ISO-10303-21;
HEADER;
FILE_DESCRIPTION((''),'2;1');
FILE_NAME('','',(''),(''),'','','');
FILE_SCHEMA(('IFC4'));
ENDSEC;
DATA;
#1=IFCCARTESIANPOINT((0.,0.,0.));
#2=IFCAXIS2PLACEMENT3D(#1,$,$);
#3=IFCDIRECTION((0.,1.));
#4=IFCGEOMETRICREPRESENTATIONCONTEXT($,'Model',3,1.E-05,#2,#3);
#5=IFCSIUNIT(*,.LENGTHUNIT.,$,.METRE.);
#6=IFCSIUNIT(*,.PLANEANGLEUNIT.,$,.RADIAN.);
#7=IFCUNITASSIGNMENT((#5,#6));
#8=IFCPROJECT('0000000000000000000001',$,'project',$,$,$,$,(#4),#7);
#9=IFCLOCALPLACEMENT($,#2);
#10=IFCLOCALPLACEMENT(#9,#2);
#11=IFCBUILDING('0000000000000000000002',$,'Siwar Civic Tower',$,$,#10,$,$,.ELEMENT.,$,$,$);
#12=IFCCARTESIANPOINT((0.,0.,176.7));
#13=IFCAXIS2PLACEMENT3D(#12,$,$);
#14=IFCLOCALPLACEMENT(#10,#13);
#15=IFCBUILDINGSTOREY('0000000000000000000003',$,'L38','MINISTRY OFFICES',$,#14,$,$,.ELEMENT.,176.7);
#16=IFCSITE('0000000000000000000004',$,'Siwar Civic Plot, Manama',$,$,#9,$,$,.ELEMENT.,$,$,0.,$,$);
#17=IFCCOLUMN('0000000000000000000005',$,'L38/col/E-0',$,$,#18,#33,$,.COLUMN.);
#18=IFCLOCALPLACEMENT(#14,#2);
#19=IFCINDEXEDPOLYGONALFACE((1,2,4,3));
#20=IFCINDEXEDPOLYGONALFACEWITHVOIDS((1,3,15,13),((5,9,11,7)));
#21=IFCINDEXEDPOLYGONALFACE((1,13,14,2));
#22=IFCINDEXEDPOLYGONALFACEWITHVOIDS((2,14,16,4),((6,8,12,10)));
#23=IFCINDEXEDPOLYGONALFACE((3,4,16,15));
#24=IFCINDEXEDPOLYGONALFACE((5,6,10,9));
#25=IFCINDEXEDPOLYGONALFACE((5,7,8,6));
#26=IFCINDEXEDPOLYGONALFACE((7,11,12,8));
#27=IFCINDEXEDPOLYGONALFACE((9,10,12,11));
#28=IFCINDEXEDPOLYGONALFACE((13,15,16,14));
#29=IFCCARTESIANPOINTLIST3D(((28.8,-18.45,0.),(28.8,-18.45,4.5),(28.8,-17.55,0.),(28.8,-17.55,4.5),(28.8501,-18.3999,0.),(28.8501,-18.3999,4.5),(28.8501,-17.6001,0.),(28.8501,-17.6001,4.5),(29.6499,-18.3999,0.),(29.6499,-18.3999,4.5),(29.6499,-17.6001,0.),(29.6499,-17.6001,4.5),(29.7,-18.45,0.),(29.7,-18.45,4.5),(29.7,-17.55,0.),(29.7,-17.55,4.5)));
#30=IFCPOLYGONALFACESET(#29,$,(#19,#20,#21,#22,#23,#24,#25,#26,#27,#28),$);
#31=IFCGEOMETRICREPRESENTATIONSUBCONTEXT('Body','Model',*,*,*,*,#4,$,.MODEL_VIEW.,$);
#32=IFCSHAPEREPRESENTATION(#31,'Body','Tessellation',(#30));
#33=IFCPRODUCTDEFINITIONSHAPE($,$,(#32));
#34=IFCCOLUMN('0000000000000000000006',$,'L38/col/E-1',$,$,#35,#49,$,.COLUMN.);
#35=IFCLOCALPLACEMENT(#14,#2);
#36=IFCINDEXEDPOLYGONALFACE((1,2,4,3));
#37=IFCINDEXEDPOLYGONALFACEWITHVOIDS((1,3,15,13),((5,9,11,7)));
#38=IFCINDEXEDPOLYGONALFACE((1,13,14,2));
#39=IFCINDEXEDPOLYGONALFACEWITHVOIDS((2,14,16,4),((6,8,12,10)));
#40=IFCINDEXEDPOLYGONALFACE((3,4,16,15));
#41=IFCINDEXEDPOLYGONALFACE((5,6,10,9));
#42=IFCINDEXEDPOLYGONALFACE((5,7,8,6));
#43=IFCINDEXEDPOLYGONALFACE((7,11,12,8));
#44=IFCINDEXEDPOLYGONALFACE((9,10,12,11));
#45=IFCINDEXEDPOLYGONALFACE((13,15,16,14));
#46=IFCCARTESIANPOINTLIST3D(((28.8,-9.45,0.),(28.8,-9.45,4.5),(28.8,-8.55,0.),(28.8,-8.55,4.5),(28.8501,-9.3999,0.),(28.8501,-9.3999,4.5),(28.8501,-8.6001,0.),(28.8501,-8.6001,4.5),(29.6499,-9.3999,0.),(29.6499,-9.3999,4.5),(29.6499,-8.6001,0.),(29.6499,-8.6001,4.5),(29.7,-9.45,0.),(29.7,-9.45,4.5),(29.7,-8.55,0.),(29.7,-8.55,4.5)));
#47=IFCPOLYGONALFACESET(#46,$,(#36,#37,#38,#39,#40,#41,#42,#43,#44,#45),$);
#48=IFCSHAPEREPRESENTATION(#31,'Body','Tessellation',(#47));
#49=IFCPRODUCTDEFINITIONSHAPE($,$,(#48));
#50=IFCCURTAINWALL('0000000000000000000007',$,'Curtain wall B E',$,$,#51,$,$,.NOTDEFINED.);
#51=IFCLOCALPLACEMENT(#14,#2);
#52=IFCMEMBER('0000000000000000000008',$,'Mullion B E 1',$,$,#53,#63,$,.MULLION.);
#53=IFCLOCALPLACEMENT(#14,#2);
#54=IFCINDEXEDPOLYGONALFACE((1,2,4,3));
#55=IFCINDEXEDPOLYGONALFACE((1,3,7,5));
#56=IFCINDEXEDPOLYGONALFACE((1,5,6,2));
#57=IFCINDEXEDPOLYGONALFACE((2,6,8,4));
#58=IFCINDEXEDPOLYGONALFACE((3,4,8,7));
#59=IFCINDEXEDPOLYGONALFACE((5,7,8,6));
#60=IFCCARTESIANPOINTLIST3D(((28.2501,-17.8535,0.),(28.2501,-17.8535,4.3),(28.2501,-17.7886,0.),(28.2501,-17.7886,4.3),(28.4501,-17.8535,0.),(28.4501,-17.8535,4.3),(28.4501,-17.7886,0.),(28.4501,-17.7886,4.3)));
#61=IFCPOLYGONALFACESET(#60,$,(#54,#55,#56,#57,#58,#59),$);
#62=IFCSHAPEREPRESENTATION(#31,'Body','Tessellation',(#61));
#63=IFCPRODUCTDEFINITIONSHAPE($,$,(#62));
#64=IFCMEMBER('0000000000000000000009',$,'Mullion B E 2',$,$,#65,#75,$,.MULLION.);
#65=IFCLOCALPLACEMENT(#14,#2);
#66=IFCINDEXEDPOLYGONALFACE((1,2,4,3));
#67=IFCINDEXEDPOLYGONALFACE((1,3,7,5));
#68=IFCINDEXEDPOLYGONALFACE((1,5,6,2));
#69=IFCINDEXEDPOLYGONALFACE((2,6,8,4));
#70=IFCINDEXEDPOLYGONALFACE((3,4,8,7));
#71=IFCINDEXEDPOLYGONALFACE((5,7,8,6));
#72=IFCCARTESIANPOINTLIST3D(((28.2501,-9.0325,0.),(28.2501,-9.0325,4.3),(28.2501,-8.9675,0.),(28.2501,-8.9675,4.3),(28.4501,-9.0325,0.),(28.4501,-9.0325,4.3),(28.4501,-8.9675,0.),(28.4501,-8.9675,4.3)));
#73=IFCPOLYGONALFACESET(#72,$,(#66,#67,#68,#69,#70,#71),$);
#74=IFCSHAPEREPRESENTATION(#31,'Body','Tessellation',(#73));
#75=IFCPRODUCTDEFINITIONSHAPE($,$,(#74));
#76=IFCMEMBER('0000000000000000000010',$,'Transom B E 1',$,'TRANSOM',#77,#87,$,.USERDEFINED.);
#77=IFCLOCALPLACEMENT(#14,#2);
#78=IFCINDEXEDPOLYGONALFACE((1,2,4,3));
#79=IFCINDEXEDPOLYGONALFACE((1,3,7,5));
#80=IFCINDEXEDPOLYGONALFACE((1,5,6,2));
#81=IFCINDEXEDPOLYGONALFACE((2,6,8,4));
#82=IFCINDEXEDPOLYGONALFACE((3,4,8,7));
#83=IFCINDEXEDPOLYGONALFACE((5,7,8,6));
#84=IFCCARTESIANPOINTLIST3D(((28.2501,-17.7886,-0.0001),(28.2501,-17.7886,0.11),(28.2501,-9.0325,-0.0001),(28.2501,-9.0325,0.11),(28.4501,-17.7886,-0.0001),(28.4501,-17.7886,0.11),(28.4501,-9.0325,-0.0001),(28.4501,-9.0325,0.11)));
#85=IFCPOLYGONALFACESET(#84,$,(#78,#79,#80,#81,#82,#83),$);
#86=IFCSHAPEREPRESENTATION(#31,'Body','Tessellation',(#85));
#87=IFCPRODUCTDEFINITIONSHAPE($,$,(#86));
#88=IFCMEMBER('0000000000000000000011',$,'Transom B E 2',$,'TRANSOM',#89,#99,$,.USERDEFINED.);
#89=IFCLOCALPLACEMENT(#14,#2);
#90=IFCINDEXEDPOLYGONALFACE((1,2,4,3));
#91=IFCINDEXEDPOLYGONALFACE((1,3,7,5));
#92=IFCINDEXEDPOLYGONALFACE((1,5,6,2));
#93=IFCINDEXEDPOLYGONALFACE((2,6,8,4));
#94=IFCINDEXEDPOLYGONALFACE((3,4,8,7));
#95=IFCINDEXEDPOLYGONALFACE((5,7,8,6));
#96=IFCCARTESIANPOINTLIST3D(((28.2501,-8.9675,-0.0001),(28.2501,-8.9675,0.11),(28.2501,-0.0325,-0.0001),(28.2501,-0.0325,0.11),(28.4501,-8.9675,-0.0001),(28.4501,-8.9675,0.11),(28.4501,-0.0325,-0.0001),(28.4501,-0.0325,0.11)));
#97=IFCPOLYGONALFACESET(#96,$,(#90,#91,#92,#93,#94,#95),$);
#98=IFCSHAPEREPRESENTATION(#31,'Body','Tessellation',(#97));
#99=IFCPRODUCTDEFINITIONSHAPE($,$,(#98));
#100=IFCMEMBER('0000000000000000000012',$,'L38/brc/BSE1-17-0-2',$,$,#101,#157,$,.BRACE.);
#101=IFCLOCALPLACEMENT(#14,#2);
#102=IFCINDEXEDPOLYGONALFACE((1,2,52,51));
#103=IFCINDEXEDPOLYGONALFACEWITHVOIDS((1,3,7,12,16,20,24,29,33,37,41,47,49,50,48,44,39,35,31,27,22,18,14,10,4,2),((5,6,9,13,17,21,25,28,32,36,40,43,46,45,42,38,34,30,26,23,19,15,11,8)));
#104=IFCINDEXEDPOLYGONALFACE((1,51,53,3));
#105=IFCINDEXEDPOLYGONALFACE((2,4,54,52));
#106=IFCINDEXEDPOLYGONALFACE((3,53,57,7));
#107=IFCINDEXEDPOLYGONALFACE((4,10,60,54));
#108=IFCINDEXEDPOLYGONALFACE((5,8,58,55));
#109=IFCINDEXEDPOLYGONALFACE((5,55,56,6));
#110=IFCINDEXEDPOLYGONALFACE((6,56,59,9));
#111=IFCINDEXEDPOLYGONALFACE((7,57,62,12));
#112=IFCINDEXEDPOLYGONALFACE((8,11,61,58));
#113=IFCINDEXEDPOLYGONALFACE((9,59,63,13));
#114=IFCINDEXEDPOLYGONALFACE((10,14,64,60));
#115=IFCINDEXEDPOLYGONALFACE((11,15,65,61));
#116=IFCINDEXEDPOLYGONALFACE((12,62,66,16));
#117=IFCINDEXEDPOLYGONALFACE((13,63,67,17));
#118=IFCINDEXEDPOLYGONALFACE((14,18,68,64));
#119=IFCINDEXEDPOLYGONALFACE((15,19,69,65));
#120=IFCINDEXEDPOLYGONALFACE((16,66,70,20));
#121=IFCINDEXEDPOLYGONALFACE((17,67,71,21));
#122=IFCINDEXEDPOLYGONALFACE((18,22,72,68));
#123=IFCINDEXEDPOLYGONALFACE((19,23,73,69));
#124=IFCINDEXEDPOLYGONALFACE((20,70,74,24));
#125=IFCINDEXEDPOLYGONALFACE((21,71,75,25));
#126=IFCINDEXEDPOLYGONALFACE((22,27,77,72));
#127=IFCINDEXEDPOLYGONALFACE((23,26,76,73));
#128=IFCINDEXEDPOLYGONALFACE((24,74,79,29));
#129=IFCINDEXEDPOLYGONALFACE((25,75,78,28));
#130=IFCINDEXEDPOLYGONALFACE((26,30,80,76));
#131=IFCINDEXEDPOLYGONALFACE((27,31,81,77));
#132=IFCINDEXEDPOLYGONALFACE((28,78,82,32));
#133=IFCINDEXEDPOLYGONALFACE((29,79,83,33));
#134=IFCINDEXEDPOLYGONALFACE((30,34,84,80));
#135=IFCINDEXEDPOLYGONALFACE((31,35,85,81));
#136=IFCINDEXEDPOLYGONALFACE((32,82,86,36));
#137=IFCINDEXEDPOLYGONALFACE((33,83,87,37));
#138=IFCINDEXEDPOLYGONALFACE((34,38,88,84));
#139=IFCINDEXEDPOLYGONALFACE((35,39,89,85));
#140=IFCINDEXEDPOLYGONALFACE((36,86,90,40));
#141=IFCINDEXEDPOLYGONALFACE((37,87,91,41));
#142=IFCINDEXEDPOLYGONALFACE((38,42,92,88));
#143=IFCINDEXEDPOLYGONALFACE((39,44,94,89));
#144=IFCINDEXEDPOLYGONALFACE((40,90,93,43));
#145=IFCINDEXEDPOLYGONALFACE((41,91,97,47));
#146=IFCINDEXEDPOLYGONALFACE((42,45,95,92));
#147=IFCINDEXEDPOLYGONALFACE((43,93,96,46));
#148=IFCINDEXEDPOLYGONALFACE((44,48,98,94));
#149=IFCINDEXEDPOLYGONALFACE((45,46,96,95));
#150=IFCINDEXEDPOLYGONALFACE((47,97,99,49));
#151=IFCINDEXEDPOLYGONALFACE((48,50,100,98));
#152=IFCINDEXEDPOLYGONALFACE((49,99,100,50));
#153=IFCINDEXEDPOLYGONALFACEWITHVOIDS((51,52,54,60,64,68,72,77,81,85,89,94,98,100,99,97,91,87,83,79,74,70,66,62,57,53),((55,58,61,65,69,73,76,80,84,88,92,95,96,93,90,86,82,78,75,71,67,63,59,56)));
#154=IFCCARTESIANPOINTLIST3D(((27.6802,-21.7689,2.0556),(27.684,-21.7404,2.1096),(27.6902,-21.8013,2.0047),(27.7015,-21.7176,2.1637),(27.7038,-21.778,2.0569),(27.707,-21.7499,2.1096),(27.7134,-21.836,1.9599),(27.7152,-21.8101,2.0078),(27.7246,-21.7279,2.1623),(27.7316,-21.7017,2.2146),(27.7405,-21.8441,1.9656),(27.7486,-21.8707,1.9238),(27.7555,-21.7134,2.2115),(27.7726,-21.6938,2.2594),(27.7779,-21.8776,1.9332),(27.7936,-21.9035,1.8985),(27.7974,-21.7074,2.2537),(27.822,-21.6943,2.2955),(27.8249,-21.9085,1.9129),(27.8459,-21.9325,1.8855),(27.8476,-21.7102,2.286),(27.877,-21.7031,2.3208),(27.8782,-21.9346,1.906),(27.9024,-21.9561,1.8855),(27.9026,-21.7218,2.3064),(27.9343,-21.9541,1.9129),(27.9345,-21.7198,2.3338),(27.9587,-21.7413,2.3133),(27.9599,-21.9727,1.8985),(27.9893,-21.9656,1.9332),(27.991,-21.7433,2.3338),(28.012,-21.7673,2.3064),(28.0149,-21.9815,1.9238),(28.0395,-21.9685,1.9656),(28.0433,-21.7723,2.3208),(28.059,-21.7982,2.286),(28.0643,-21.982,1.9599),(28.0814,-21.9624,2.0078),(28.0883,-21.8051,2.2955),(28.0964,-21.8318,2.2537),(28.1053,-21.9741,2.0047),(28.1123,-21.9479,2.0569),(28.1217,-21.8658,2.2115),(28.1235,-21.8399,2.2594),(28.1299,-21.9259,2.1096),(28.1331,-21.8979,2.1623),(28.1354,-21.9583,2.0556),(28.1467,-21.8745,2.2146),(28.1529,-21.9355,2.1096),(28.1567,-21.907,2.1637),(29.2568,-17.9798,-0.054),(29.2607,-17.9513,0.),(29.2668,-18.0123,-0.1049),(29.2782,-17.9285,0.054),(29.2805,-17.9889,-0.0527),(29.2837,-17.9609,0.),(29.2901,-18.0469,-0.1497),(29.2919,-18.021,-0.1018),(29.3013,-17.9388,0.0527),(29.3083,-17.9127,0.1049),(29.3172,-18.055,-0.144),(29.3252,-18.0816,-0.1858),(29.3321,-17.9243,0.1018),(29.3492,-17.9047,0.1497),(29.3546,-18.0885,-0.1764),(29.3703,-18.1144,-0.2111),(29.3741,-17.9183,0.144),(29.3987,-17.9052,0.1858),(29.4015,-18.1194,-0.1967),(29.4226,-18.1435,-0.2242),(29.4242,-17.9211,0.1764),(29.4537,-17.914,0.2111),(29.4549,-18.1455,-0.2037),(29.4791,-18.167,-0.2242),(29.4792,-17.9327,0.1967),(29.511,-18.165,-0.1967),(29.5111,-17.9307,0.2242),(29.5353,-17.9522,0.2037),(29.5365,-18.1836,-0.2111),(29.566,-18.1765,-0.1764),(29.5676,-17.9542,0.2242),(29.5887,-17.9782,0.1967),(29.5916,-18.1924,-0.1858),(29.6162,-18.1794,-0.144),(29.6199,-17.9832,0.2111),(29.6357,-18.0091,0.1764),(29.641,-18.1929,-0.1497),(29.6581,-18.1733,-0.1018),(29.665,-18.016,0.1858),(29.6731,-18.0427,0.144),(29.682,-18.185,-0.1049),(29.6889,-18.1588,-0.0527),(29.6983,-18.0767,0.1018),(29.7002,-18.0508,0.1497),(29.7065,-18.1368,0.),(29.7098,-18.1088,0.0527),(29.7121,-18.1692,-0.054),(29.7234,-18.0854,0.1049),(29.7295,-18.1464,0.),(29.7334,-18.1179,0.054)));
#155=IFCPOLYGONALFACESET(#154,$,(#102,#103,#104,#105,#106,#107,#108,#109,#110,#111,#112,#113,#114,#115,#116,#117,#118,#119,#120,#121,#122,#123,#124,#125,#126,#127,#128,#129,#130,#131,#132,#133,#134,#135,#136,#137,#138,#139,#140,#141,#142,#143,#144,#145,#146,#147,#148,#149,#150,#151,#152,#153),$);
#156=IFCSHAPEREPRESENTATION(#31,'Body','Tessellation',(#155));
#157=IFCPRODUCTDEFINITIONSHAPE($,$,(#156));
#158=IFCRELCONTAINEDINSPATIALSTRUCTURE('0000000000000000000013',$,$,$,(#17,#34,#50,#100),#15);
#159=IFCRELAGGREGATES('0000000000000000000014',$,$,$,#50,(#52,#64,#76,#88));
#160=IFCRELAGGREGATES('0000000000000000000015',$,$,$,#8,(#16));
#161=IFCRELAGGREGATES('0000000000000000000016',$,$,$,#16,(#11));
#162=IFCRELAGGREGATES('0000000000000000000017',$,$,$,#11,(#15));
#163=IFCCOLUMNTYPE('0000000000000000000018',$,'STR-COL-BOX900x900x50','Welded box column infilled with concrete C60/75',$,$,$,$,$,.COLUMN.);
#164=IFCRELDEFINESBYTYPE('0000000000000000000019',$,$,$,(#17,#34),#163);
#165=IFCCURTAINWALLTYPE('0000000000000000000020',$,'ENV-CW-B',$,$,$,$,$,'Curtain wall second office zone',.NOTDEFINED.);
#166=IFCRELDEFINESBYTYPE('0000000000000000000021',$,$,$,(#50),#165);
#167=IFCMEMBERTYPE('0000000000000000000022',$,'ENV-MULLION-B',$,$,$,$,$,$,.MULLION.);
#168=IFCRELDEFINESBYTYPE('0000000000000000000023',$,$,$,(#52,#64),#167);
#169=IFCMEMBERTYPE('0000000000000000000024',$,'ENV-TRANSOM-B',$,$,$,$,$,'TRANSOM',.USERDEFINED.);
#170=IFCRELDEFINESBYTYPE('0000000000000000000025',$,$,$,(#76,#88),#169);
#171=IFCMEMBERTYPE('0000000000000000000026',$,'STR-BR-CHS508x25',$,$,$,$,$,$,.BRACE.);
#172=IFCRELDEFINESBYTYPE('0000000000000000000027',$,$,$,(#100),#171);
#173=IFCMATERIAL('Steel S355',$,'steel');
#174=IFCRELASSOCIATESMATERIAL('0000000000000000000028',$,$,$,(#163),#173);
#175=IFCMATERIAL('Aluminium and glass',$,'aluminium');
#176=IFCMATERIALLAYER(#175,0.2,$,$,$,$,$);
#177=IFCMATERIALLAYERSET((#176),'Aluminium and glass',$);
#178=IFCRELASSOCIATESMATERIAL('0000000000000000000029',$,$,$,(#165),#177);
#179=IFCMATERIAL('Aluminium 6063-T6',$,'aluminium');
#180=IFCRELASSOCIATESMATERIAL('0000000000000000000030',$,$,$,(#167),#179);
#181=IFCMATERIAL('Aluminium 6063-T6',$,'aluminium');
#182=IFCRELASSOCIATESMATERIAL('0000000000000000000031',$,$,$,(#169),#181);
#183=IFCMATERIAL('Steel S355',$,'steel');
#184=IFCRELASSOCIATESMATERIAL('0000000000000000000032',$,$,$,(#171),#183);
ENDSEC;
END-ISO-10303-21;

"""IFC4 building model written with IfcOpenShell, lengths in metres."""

from ifc_helpers import new_model, si_unit, direction, frame, origin, origin_2d, place, context, subcontext, project, spatial, rectangle, hollow_rectangle, hollow_circle, extrude, material, layer, layer_set, material_profile, profile_set, type_object, element, aggregate, save


model = new_model("IFC4")

# Units and contexts
model_context = context("Model", 3, precision=1e-05, world=origin(), true_north=direction((0.0, 1.0)))
body_context = subcontext(model_context, "Body", "Model", "MODEL_VIEW")
ifc_project = project(units=[si_unit("LENGTHUNIT", "METRE"), si_unit("PLANEANGLEUNIT", "RADIAN")], contexts=[model_context])

# Site, building, storey
site_placement = place(None, origin())
site = spatial("IfcSite", under=ifc_project, at=site_placement, Name="Siwar Civic Plot, Manama", CompositionType="ELEMENT", RefElevation=0.0)
building_placement = place(site_placement, origin())
building = spatial("IfcBuilding", under=site, at=building_placement, Name="Siwar Civic Tower", CompositionType="ELEMENT")
storey_placement = place(building_placement, frame((0.0, 0.0, 176.7)))
storey = spatial("IfcBuildingStorey", under=building, at=storey_placement, Name="L38", Description="MINISTRY OFFICES", CompositionType="ELEMENT", Elevation=176.7)

# Columns
ifc_material_1 = material(Name="Steel S355", Category="steel")
ifc_material_profile_1 = material_profile(ifc_material_1, hollow_rectangle(XDim=0.8999, YDim=0.8999, WallThickness=0.05, at=origin_2d()), Name="BOX900x900x50")
ifc_profile_set_1 = profile_set([ifc_material_profile_1], Name="Steel S355")
column_type = type_object("IfcColumnType", Name="STR-COL-BOX900x900x50", Description="Welded box column infilled with concrete C60/75", PredefinedType="COLUMN", material=ifc_profile_set_1)
for number, where, z_axis, x_axis, name in (
    (1, (29.25, -18.0, 0.0), (0.0, 0.0, 1.0), (1.0, 0.0, 0.0), "L38/col/E-0"),
    (2, (29.25, -9.0, 0.0), (0.0, 0.0, 1.0), (1.0, 0.0, 0.0), "L38/col/E-1"),
):
    element("IfcColumn", number, at=place(storey_placement, frame(where, z_axis=z_axis, x_axis=x_axis)), inside=storey, type_object=column_type, Name=name, PredefinedType="COLUMN", context=body_context, shape_type="SweptSolid", body=[
        extrude(hollow_rectangle(XDim=0.8999, YDim=0.8999, WallThickness=0.05, at=origin_2d()), origin(), (0.0, 0.0, 1.0), 4.5),
    ])

# Curtain wall, members
ifc_material_2 = material(Name="Aluminium and glass", Category="aluminium")
ifc_layer_1 = layer(ifc_material_2, 0.2)
ifc_layer_set_1 = layer_set([ifc_layer_1], Name="Aluminium and glass")
curtain_wall_type = type_object("IfcCurtainWallType", Name="ENV-CW-B", ElementType="Curtain wall second office zone", PredefinedType="NOTDEFINED", material=ifc_layer_set_1)
curtain_wall_placement = place(storey_placement, origin())
curtain_wall = element("IfcCurtainWall", 3, at=curtain_wall_placement, inside=storey, type_object=curtain_wall_type, Name="Curtain wall B E", PredefinedType="NOTDEFINED")
ifc_material_3 = material(Name="Aluminium 6063-T6", Category="aluminium")
ifc_material_profile_2 = material_profile(ifc_material_3, rectangle(XDim=0.2, YDim=0.0649, at=origin_2d()), Name="AL 200x65")
ifc_profile_set_2 = profile_set([ifc_material_profile_2], Name="Aluminium 6063-T6")
member_type_1 = type_object("IfcMemberType", Name="ENV-MULLION-B", PredefinedType="MULLION", material=ifc_profile_set_2)
member_1_placement = place(storey_placement, frame((28.3501, -17.821, 0.0), z_axis=(0.0, 0.0, 1.0), x_axis=(-1.0, 0.0, 0.0)))
member_1 = element("IfcMember", 4, at=member_1_placement, type_object=member_type_1, Name="Mullion B E 1", PredefinedType="MULLION", context=body_context, shape_type="SweptSolid", body=[
    extrude(rectangle(XDim=0.2, YDim=0.0649, at=origin_2d()), origin(), (0.0, 0.0, 1.0), 4.3),
])
member_2_placement = place(storey_placement, frame((28.3501, -9.0, 0.0), z_axis=(0.0, 0.0, 1.0), x_axis=(-1.0, 0.0, 0.0)))
member_2 = element("IfcMember", 5, at=member_2_placement, type_object=member_type_1, Name="Mullion B E 2", PredefinedType="MULLION", context=body_context, shape_type="SweptSolid", body=[
    extrude(rectangle(XDim=0.2, YDim=0.0649, at=origin_2d()), origin(), (0.0, 0.0, 1.0), 4.3),
])
ifc_material_4 = material(Name="Aluminium 6063-T6", Category="aluminium")
ifc_material_profile_3 = material_profile(ifc_material_4, rectangle(XDim=0.2, YDim=0.1101, at=origin_2d()), Name="AL 200x110")
ifc_profile_set_3 = profile_set([ifc_material_profile_3], Name="Aluminium 6063-T6")
member_type_2 = type_object("IfcMemberType", Name="ENV-TRANSOM-B", ElementType="TRANSOM", PredefinedType="USERDEFINED", material=ifc_profile_set_3)
member_3_placement = place(storey_placement, frame((28.3501, -17.7886, 0.0549), z_axis=(0.0, 1.0, 0.0), x_axis=(-1.0, 0.0, 0.0)))
member_3 = element("IfcMember", 6, at=member_3_placement, type_object=member_type_2, Name="Transom B E 1", ObjectType="TRANSOM", PredefinedType="USERDEFINED", context=body_context, shape_type="SweptSolid", body=[
    extrude(rectangle(XDim=0.2, YDim=0.1101, at=origin_2d()), origin(), (0.0, 0.0, 1.0), 8.7561),
])
member_4_placement = place(storey_placement, frame((28.3501, -8.9675, 0.0549), z_axis=(0.0, 1.0, 0.0), x_axis=(-1.0, 0.0, 0.0)))
member_4 = element("IfcMember", 7, at=member_4_placement, type_object=member_type_2, Name="Transom B E 2", ObjectType="TRANSOM", PredefinedType="USERDEFINED", context=body_context, shape_type="SweptSolid", body=[
    extrude(rectangle(XDim=0.2, YDim=0.1101, at=origin_2d()), origin(), (0.0, 0.0, 1.0), 8.9351),
])

# Member
ifc_material_5 = material(Name="Steel S355", Category="steel")
ifc_material_profile_4 = material_profile(ifc_material_5, hollow_circle(Radius=0.2539, WallThickness=0.0249, at=origin_2d()), Name="CHS508x25")
ifc_profile_set_4 = profile_set([ifc_material_profile_4], Name="Steel S355")
member_type_3 = type_object("IfcMemberType", Name="STR-BR-CHS508x25", PredefinedType="BRACE", material=ifc_profile_set_4)
member_5_placement = place(storey_placement, frame((29.4951, -18.0488, 0.0), z_axis=(-0.341677, -0.821126, 0.457175), x_axis=(0.92326, -0.384176, 0.0)))
element("IfcMember", 8, at=member_5_placement, inside=storey, type_object=member_type_3, Name="L38/brc/BSE1-17-0-2", PredefinedType="BRACE", context=body_context, shape_type="SweptSolid", body=[
    extrude(hollow_circle(Radius=0.2539, WallThickness=0.0249, at=origin_2d()), origin(), (0.0, 0.0, 1.0), 4.6145),
])

aggregate(curtain_wall, [member_1, member_2, member_3, member_4])

save(model, "model.ifc")
